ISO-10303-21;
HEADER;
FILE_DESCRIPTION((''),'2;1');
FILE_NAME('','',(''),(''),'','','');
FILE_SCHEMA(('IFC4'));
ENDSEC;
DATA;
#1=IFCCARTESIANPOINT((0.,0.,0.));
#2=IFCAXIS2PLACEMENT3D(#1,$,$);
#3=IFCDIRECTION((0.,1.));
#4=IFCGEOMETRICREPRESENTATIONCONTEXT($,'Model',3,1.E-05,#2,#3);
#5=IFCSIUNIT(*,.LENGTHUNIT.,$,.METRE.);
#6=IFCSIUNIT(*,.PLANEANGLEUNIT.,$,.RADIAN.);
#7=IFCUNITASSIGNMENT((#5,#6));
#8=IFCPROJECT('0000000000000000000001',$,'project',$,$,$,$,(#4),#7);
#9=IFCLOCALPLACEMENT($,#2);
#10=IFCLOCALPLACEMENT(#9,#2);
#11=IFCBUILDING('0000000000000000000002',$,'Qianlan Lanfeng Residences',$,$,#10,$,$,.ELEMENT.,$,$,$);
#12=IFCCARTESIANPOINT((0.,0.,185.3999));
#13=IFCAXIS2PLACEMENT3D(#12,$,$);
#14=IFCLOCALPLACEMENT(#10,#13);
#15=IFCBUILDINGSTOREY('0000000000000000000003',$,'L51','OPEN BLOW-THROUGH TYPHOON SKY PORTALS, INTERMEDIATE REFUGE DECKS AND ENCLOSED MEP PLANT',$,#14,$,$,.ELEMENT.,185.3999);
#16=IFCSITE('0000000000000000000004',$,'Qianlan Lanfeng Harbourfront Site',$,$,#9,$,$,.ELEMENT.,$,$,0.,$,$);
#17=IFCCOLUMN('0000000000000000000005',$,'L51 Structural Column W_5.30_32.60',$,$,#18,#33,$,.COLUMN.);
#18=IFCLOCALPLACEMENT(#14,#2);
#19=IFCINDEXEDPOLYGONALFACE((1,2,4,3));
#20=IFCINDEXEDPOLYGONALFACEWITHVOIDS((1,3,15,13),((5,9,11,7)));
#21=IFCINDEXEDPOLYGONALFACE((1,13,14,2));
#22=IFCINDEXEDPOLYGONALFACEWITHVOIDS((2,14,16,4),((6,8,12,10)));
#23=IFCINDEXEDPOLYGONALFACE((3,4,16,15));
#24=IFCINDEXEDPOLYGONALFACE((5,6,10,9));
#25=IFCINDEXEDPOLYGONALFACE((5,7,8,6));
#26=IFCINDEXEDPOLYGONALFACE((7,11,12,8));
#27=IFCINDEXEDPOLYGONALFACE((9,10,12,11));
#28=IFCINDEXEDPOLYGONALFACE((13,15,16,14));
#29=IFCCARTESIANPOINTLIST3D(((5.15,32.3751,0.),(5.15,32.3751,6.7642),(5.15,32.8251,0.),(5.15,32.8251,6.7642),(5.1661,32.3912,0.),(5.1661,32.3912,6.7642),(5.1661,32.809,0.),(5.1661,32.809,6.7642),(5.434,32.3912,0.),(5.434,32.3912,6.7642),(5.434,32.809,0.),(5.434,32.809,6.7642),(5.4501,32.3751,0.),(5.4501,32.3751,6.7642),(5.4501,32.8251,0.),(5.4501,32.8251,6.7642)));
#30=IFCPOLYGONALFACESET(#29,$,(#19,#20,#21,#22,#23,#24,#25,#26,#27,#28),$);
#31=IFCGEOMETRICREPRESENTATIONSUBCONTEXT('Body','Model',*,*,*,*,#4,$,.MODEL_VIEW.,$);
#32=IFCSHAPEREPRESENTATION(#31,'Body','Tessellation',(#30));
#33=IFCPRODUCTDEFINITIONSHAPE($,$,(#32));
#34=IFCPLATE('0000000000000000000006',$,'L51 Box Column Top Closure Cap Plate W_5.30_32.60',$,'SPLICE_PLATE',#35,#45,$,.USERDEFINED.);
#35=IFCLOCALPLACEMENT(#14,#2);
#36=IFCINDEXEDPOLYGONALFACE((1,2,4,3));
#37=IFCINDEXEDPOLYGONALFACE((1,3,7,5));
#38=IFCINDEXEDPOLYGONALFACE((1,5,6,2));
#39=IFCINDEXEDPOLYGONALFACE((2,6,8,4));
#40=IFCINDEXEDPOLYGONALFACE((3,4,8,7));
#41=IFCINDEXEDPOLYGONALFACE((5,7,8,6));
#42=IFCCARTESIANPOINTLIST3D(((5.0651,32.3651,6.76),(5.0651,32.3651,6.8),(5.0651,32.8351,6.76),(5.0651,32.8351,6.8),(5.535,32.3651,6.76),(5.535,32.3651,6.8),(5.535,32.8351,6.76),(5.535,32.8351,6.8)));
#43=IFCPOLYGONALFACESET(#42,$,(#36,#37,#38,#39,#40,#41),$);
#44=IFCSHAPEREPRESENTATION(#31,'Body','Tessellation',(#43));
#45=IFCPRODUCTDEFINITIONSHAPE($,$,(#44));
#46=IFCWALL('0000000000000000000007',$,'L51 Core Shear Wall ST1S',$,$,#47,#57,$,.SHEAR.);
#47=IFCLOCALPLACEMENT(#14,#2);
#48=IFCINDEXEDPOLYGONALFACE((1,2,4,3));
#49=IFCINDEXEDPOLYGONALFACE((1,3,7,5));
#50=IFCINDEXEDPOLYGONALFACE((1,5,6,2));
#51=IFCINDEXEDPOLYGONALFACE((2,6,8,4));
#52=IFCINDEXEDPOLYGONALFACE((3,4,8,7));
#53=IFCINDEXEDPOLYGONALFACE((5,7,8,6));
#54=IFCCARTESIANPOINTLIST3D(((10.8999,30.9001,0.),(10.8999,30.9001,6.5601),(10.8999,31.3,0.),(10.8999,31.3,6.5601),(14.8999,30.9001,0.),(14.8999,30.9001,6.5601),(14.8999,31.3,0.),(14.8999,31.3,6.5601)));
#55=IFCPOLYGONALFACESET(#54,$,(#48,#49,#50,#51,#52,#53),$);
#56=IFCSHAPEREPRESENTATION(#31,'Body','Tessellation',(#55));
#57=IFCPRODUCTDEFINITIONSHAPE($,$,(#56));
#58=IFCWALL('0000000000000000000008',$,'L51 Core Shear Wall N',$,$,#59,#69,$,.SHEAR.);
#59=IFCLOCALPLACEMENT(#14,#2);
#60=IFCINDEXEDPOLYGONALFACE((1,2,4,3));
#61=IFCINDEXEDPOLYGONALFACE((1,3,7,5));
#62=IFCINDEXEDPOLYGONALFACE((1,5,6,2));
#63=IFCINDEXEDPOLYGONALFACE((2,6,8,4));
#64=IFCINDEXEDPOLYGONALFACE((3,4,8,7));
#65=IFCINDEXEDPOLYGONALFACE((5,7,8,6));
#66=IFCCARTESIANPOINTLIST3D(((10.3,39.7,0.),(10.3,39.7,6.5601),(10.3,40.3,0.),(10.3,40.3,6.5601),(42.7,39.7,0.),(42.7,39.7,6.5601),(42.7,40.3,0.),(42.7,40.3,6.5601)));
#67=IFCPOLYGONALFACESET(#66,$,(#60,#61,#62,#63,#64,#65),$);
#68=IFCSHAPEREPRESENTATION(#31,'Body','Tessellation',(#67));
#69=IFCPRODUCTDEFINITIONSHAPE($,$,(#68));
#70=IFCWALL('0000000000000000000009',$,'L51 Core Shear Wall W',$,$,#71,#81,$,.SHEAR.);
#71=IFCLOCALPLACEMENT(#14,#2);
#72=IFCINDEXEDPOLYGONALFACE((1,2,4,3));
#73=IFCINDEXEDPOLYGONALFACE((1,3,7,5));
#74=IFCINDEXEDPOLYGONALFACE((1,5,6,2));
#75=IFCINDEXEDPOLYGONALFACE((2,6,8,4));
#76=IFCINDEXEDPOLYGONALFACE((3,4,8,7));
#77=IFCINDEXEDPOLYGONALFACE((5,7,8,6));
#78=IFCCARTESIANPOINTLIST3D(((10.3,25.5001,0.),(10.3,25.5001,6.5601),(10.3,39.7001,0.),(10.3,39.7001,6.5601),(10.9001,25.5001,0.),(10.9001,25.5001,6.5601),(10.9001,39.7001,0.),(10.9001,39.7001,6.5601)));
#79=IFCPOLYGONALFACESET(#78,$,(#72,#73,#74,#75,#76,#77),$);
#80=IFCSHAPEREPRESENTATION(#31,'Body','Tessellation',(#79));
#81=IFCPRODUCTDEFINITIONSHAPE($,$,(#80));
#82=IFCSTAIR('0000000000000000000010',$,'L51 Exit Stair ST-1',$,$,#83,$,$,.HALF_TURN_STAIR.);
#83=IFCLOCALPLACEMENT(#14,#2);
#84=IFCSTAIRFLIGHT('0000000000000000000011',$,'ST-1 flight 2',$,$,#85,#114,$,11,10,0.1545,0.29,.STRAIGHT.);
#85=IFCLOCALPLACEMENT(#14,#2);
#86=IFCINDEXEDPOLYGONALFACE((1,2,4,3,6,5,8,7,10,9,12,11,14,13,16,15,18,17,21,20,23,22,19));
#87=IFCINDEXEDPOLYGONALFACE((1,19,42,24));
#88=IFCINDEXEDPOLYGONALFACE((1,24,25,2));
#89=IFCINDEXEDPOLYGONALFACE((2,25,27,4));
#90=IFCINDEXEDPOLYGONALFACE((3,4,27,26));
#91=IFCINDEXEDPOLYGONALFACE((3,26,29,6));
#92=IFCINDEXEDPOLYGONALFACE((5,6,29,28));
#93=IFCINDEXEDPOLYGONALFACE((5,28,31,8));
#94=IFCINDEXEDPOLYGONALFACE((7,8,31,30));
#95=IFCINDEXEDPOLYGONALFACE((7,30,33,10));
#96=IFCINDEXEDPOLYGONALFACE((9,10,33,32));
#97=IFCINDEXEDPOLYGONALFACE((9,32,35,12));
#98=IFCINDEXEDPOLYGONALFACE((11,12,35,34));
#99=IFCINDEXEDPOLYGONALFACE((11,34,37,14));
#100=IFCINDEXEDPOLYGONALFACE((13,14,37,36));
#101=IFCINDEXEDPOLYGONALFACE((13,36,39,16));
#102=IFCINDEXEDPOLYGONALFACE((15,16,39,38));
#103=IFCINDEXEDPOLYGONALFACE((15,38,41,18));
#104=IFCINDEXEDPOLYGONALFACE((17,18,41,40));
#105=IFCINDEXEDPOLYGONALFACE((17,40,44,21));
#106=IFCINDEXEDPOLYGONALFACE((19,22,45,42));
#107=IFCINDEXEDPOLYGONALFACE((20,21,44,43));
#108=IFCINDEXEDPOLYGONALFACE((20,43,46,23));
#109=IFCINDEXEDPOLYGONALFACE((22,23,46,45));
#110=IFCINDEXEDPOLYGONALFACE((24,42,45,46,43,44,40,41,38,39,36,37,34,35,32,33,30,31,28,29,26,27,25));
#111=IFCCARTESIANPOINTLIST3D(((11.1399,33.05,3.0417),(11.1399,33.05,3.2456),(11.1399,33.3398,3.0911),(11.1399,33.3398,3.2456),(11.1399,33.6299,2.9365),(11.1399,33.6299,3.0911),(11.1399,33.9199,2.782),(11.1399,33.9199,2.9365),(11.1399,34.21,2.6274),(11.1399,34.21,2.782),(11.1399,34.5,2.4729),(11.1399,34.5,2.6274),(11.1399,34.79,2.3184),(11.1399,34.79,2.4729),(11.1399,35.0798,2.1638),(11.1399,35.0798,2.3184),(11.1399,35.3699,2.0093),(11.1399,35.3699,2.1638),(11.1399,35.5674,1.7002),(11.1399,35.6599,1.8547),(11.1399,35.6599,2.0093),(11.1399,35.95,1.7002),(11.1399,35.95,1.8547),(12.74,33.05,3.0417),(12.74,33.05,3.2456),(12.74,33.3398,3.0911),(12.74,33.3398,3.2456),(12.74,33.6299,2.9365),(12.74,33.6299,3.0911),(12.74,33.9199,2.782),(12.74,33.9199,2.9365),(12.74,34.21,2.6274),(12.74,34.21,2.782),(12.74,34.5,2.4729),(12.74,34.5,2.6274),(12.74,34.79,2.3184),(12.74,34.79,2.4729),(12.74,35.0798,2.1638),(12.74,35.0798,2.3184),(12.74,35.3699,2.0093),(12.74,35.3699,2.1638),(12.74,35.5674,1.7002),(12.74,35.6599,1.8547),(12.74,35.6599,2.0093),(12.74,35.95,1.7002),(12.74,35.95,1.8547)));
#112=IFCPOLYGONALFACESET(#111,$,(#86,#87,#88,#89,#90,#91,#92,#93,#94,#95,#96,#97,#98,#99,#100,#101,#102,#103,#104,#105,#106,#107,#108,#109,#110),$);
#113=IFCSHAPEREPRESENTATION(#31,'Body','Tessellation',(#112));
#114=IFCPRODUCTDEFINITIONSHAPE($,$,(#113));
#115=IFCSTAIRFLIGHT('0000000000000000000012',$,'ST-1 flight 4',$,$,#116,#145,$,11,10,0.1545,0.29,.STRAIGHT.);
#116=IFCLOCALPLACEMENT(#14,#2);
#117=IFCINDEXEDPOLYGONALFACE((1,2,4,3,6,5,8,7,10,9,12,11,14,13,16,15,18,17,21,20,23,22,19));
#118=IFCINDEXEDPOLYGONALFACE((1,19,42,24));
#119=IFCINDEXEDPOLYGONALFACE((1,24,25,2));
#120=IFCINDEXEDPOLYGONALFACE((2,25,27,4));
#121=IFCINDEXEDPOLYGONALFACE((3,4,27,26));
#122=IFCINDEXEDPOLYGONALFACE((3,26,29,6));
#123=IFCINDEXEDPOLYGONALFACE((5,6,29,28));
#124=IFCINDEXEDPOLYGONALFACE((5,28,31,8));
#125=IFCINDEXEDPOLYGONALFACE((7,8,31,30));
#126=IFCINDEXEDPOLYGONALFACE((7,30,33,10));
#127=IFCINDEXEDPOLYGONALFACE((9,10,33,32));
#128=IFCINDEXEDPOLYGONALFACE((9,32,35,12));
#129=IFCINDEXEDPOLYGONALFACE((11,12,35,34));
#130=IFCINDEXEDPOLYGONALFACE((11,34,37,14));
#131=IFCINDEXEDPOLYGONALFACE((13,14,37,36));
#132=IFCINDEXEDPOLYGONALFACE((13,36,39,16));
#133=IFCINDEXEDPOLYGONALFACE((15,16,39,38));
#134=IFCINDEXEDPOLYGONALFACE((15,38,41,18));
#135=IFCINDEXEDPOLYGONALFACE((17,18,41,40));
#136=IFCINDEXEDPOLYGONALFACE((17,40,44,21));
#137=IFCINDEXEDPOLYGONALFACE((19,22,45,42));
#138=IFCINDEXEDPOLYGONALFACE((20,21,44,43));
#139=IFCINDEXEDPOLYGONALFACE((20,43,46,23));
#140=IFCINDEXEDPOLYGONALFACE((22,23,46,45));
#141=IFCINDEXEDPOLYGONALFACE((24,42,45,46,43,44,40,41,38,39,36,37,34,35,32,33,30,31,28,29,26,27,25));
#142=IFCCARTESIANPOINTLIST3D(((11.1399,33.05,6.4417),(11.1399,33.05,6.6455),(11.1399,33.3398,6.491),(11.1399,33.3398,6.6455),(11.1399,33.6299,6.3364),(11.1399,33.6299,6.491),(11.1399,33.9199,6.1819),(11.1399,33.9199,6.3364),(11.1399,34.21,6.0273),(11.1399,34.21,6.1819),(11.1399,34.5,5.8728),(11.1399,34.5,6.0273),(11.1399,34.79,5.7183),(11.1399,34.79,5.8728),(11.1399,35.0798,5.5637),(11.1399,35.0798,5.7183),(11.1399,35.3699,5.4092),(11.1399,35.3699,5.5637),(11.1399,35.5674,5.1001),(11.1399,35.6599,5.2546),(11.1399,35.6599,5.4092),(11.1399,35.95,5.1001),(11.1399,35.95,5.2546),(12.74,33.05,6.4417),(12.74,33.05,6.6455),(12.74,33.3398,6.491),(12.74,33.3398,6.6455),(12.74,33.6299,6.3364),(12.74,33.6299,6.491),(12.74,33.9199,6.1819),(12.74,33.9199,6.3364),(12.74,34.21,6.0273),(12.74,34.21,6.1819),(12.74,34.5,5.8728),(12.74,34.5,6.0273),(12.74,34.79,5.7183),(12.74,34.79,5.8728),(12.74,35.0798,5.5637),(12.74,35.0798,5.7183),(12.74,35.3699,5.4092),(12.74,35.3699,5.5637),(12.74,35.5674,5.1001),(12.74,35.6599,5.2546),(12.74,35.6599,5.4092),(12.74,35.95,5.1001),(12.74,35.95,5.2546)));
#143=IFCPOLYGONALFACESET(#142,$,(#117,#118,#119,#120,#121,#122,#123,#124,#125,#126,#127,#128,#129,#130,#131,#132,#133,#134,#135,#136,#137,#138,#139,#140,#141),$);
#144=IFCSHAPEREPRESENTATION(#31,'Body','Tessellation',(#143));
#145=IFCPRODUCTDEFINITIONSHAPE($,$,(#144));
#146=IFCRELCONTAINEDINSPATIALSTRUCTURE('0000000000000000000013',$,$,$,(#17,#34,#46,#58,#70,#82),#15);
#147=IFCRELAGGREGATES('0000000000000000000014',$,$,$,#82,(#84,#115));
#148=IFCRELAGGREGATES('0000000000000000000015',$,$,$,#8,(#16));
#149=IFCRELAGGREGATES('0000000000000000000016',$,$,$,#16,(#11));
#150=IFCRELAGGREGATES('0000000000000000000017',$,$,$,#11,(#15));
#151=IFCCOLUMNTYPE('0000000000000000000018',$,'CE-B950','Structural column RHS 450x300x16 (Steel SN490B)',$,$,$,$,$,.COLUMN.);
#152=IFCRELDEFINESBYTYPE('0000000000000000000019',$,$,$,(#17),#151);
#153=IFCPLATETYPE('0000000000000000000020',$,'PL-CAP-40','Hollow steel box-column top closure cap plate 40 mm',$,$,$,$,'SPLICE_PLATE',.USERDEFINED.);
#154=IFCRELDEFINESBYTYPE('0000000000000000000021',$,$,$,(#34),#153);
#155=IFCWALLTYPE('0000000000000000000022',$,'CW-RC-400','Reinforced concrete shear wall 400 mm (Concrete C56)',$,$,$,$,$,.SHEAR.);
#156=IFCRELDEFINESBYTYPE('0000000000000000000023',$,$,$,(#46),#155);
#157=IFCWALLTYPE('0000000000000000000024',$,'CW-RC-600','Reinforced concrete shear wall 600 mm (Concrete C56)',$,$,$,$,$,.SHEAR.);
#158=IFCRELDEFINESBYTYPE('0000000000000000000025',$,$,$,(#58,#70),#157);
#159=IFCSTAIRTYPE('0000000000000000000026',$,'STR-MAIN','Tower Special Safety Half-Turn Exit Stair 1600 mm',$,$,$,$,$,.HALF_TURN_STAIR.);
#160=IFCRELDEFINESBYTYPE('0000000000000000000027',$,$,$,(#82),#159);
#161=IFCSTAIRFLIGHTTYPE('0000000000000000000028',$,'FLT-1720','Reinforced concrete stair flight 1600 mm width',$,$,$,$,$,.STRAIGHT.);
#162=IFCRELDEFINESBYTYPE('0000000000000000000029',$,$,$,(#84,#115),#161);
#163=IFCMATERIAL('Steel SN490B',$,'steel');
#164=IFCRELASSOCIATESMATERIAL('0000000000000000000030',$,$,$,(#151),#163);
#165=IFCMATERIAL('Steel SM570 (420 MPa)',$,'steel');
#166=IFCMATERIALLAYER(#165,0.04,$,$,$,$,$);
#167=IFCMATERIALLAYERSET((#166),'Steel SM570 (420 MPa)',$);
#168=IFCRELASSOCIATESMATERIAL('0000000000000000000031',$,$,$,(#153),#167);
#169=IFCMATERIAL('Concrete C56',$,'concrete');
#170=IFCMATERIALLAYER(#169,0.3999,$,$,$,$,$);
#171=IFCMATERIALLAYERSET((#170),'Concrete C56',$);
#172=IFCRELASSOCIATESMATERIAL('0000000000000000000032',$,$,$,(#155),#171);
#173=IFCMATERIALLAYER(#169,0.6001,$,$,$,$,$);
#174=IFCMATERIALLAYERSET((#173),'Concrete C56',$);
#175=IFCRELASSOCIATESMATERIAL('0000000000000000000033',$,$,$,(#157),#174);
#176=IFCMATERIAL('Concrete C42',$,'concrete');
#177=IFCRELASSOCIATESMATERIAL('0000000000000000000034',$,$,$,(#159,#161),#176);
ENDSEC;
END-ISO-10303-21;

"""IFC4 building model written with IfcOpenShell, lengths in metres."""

from ifc_helpers import new_model, si_unit, direction, frame, frame_2d, origin, origin_2d, place, context, subcontext, project, spatial, polyline, rectangle, hollow_rectangle, outline, extrude, source, transform, mapped, material, layer, layer_set, material_profile, profile_set, type_object, element, aggregate, save


model = new_model("IFC4")

# Units and contexts
model_context = context("Model", 3, precision=1e-05, world=origin(), true_north=direction((0.0, 1.0)))
body_context = subcontext(model_context, "Body", "Model", "MODEL_VIEW")
ifc_project = project(units=[si_unit("LENGTHUNIT", "METRE"), si_unit("PLANEANGLEUNIT", "RADIAN")], contexts=[model_context])

# Site, building, storey
site_placement = place(None, origin())
site = spatial("IfcSite", under=ifc_project, at=site_placement, Name="Qianlan Lanfeng Harbourfront Site", CompositionType="ELEMENT", RefElevation=0.0)
building_placement = place(site_placement, origin())
building = spatial("IfcBuilding", under=site, at=building_placement, Name="Qianlan Lanfeng Residences", CompositionType="ELEMENT")
storey_placement = place(building_placement, frame((0.0, 0.0, 185.3999)))
storey = spatial("IfcBuildingStorey", under=building, at=storey_placement, Name="L51", Description="OPEN BLOW-THROUGH TYPHOON SKY PORTALS, INTERMEDIATE REFUGE DECKS AND ENCLOSED MEP PLANT", CompositionType="ELEMENT", Elevation=185.3999)

# Column
ifc_material_1 = material(Name="Steel SN490B", Category="steel")
ifc_material_profile = material_profile(ifc_material_1, hollow_rectangle(XDim=0.3, YDim=0.45, WallThickness=0.0161, at=origin_2d()), Name="RHS 450x300x16")
ifc_profile_set = profile_set([ifc_material_profile], Name="Steel SN490B")
column_type = type_object("IfcColumnType", Name="CE-B950", Description="Structural column RHS 450x300x16 (Steel SN490B)", PredefinedType="COLUMN", material=ifc_profile_set)
column_placement = place(storey_placement, frame((5.3, 32.6001, 0.0), z_axis=(0.0, 0.0, 1.0), x_axis=(1.0, 0.0, 0.0)))
element("IfcColumn", 1, at=column_placement, inside=storey, type_object=column_type, Name="L51 Structural Column W_5.30_32.60", PredefinedType="COLUMN", context=body_context, shape_type="SweptSolid", body=[
    extrude(hollow_rectangle(XDim=0.3, YDim=0.45, WallThickness=0.0161, at=origin_2d()), origin(), (0.0, 0.0, 1.0), 6.7642),
])

# Plate
ifc_material_2 = material(Name="Steel SM570 (420 MPa)", Category="steel")
ifc_layer_1 = layer(ifc_material_2, 0.04)
ifc_layer_set_1 = layer_set([ifc_layer_1], Name="Steel SM570 (420 MPa)")
plate_type = type_object("IfcPlateType", Name="PL-CAP-40", Description="Hollow steel box-column top closure cap plate 40 mm", ElementType="SPLICE_PLATE", PredefinedType="USERDEFINED", material=ifc_layer_set_1)
shared_shape = source(origin(), body_context, "Body", "SweptSolid", [
    extrude(rectangle(XDim=0.47, YDim=0.47, at=origin_2d()), origin(), (0.0, 0.0, 1.0), 0.04),
])
plate_placement = place(storey_placement, frame((5.3, 32.6001, 6.76), z_axis=(0.0, 0.0, 1.0), x_axis=(1.0, 0.0, 0.0)))
element("IfcPlate", 2, at=plate_placement, inside=storey, type_object=plate_type, Name="L51 Box Column Top Closure Cap Plate W_5.30_32.60", ObjectType="SPLICE_PLATE", PredefinedType="USERDEFINED", context=body_context, shape_type="MappedRepresentation", body=[
    mapped(shared_shape, transform((0.0, 0.0, 0.0), scale=1.0)),
])

# Walls
ifc_material_3 = material(Name="Concrete C56", Category="concrete")
ifc_layer_2 = layer(ifc_material_3, 0.3999)
ifc_layer_set_2 = layer_set([ifc_layer_2], Name="Concrete C56")
wall_type_1 = type_object("IfcWallType", Name="CW-RC-400", Description="Reinforced concrete shear wall 400 mm (Concrete C56)", PredefinedType="SHEAR", material=ifc_layer_set_2)
wall_1_placement = place(storey_placement, frame((10.8999, 31.1001, 0.0), z_axis=(0.0, 0.0, 1.0), x_axis=(1.0, 0.0, 0.0)))
element("IfcWall", 3, at=wall_1_placement, inside=storey, type_object=wall_type_1, Name="L51 Core Shear Wall ST1S", PredefinedType="SHEAR", context=body_context, shape_type="SweptSolid", body=[
    extrude(rectangle(XDim=4.0, YDim=0.3999, at=frame_2d((2.0, 0.0))), origin(), (0.0, 0.0, 1.0), 6.5601),
])
ifc_layer_3 = layer(ifc_material_3, 0.6001)
ifc_layer_set_3 = layer_set([ifc_layer_3], Name="Concrete C56")
wall_type_2 = type_object("IfcWallType", Name="CW-RC-600", Description="Reinforced concrete shear wall 600 mm (Concrete C56)", PredefinedType="SHEAR", material=ifc_layer_set_3)
wall_2_placement = place(storey_placement, frame((10.3, 40.0, 0.0), z_axis=(0.0, 0.0, 1.0), x_axis=(1.0, 0.0, 0.0)))
element("IfcWall", 4, at=wall_2_placement, inside=storey, type_object=wall_type_2, Name="L51 Core Shear Wall N", PredefinedType="SHEAR", context=body_context, shape_type="SweptSolid", body=[
    extrude(rectangle(XDim=32.3999, YDim=0.6001, at=frame_2d((16.2, 0.0))), origin(), (0.0, 0.0, 1.0), 6.5601),
])
wall_3_placement = place(storey_placement, frame((10.6001, 25.5, 0.0), z_axis=(0.0, 0.0, 1.0), x_axis=(0.0, 1.0, 0.0)))
element("IfcWall", 5, at=wall_3_placement, inside=storey, type_object=wall_type_2, Name="L51 Core Shear Wall W", PredefinedType="SHEAR", context=body_context, shape_type="SweptSolid", body=[
    extrude(rectangle(XDim=14.2, YDim=0.6001, at=frame_2d((7.1001, 0.0))), origin(), (0.0, 0.0, 1.0), 6.5601),
])

# Stair, stair flights
ifc_material_4 = material(Name="Concrete C42", Category="concrete")
stair_type = type_object("IfcStairType", Name="STR-MAIN", Description="Tower Special Safety Half-Turn Exit Stair 1600 mm", PredefinedType="HALF_TURN_STAIR", material=ifc_material_4)
stair_placement = place(storey_placement, origin())
stair = element("IfcStair", 6, at=stair_placement, inside=storey, type_object=stair_type, Name="L51 Exit Stair ST-1", PredefinedType="HALF_TURN_STAIR")
stair_flight_type = type_object("IfcStairFlightType", Name="FLT-1720", Description="Reinforced concrete stair flight 1600 mm width", PredefinedType="STRAIGHT", material=ifc_material_4)
stair_flight_1_placement = place(storey_placement, frame((11.9399, 35.95, 1.7002), z_axis=(0.0, 0.0, 1.0), x_axis=(0.0, -1.0, 0.0)))
stair_flight_1 = element("IfcStairFlight", 7, at=stair_flight_1_placement, type_object=stair_flight_type, Name="ST-1 flight 2", NumberOfRisers=11, NumberOfTreads=10, PredefinedType="STRAIGHT", RiserHeight=0.1545, TreadLength=0.29, context=body_context, shape_type="SweptSolid", body=[
    extrude(outline(polyline([(0.0, 0.0), (0.0, 0.1545), (0.29, 0.1545), (0.29, 0.3091), (0.5801, 0.3091), (0.5801, 0.4636), (0.8701, 0.4636), (0.8701, 0.6182), (1.1599, 0.6182), (1.1599, 0.7727), (1.45, 0.7727), (1.45, 0.9272), (1.74, 0.9272), (1.74, 1.0818), (2.03, 1.0818), (2.03, 1.2363), (2.3201, 1.2363), (2.3201, 1.3909), (2.6101, 1.3909), (2.6101, 1.5454), (2.8999, 1.5454), (2.8999, 1.7), (2.8999, 1.3416), (0.3826, 0.0), (0.0, 0.0)])), frame((0.0, 0.8, 0.0), z_axis=(0.0, -1.0, 0.0), x_axis=(1.0, 0.0, 0.0)), (0.0, 0.0, 1.0), 1.6001),
])
stair_flight_2_placement = place(storey_placement, frame((11.9399, 35.95, 5.1001), z_axis=(0.0, 0.0, 1.0), x_axis=(0.0, -1.0, 0.0)))
stair_flight_2 = element("IfcStairFlight", 8, at=stair_flight_2_placement, type_object=stair_flight_type, Name="ST-1 flight 4", NumberOfRisers=11, NumberOfTreads=10, PredefinedType="STRAIGHT", RiserHeight=0.1545, TreadLength=0.29, context=body_context, shape_type="SweptSolid", body=[
    extrude(outline(polyline([(0.0, 0.0), (0.0, 0.1545), (0.29, 0.1545), (0.29, 0.3091), (0.5801, 0.3091), (0.5801, 0.4636), (0.8701, 0.4636), (0.8701, 0.6182), (1.1599, 0.6182), (1.1599, 0.7727), (1.45, 0.7727), (1.45, 0.9272), (1.74, 0.9272), (1.74, 1.0818), (2.03, 1.0818), (2.03, 1.2363), (2.3201, 1.2363), (2.3201, 1.3909), (2.6101, 1.3909), (2.6101, 1.5454), (2.8999, 1.5454), (2.8999, 1.7), (2.8999, 1.3416), (0.3826, 0.0), (0.0, 0.0)])), frame((0.0, 0.8, 0.0), z_axis=(0.0, -1.0, 0.0), x_axis=(1.0, 0.0, 0.0)), (0.0, 0.0, 1.0), 1.6001),
])
aggregate(stair, [stair_flight_1, stair_flight_2])

save(model, "model.ifc")
